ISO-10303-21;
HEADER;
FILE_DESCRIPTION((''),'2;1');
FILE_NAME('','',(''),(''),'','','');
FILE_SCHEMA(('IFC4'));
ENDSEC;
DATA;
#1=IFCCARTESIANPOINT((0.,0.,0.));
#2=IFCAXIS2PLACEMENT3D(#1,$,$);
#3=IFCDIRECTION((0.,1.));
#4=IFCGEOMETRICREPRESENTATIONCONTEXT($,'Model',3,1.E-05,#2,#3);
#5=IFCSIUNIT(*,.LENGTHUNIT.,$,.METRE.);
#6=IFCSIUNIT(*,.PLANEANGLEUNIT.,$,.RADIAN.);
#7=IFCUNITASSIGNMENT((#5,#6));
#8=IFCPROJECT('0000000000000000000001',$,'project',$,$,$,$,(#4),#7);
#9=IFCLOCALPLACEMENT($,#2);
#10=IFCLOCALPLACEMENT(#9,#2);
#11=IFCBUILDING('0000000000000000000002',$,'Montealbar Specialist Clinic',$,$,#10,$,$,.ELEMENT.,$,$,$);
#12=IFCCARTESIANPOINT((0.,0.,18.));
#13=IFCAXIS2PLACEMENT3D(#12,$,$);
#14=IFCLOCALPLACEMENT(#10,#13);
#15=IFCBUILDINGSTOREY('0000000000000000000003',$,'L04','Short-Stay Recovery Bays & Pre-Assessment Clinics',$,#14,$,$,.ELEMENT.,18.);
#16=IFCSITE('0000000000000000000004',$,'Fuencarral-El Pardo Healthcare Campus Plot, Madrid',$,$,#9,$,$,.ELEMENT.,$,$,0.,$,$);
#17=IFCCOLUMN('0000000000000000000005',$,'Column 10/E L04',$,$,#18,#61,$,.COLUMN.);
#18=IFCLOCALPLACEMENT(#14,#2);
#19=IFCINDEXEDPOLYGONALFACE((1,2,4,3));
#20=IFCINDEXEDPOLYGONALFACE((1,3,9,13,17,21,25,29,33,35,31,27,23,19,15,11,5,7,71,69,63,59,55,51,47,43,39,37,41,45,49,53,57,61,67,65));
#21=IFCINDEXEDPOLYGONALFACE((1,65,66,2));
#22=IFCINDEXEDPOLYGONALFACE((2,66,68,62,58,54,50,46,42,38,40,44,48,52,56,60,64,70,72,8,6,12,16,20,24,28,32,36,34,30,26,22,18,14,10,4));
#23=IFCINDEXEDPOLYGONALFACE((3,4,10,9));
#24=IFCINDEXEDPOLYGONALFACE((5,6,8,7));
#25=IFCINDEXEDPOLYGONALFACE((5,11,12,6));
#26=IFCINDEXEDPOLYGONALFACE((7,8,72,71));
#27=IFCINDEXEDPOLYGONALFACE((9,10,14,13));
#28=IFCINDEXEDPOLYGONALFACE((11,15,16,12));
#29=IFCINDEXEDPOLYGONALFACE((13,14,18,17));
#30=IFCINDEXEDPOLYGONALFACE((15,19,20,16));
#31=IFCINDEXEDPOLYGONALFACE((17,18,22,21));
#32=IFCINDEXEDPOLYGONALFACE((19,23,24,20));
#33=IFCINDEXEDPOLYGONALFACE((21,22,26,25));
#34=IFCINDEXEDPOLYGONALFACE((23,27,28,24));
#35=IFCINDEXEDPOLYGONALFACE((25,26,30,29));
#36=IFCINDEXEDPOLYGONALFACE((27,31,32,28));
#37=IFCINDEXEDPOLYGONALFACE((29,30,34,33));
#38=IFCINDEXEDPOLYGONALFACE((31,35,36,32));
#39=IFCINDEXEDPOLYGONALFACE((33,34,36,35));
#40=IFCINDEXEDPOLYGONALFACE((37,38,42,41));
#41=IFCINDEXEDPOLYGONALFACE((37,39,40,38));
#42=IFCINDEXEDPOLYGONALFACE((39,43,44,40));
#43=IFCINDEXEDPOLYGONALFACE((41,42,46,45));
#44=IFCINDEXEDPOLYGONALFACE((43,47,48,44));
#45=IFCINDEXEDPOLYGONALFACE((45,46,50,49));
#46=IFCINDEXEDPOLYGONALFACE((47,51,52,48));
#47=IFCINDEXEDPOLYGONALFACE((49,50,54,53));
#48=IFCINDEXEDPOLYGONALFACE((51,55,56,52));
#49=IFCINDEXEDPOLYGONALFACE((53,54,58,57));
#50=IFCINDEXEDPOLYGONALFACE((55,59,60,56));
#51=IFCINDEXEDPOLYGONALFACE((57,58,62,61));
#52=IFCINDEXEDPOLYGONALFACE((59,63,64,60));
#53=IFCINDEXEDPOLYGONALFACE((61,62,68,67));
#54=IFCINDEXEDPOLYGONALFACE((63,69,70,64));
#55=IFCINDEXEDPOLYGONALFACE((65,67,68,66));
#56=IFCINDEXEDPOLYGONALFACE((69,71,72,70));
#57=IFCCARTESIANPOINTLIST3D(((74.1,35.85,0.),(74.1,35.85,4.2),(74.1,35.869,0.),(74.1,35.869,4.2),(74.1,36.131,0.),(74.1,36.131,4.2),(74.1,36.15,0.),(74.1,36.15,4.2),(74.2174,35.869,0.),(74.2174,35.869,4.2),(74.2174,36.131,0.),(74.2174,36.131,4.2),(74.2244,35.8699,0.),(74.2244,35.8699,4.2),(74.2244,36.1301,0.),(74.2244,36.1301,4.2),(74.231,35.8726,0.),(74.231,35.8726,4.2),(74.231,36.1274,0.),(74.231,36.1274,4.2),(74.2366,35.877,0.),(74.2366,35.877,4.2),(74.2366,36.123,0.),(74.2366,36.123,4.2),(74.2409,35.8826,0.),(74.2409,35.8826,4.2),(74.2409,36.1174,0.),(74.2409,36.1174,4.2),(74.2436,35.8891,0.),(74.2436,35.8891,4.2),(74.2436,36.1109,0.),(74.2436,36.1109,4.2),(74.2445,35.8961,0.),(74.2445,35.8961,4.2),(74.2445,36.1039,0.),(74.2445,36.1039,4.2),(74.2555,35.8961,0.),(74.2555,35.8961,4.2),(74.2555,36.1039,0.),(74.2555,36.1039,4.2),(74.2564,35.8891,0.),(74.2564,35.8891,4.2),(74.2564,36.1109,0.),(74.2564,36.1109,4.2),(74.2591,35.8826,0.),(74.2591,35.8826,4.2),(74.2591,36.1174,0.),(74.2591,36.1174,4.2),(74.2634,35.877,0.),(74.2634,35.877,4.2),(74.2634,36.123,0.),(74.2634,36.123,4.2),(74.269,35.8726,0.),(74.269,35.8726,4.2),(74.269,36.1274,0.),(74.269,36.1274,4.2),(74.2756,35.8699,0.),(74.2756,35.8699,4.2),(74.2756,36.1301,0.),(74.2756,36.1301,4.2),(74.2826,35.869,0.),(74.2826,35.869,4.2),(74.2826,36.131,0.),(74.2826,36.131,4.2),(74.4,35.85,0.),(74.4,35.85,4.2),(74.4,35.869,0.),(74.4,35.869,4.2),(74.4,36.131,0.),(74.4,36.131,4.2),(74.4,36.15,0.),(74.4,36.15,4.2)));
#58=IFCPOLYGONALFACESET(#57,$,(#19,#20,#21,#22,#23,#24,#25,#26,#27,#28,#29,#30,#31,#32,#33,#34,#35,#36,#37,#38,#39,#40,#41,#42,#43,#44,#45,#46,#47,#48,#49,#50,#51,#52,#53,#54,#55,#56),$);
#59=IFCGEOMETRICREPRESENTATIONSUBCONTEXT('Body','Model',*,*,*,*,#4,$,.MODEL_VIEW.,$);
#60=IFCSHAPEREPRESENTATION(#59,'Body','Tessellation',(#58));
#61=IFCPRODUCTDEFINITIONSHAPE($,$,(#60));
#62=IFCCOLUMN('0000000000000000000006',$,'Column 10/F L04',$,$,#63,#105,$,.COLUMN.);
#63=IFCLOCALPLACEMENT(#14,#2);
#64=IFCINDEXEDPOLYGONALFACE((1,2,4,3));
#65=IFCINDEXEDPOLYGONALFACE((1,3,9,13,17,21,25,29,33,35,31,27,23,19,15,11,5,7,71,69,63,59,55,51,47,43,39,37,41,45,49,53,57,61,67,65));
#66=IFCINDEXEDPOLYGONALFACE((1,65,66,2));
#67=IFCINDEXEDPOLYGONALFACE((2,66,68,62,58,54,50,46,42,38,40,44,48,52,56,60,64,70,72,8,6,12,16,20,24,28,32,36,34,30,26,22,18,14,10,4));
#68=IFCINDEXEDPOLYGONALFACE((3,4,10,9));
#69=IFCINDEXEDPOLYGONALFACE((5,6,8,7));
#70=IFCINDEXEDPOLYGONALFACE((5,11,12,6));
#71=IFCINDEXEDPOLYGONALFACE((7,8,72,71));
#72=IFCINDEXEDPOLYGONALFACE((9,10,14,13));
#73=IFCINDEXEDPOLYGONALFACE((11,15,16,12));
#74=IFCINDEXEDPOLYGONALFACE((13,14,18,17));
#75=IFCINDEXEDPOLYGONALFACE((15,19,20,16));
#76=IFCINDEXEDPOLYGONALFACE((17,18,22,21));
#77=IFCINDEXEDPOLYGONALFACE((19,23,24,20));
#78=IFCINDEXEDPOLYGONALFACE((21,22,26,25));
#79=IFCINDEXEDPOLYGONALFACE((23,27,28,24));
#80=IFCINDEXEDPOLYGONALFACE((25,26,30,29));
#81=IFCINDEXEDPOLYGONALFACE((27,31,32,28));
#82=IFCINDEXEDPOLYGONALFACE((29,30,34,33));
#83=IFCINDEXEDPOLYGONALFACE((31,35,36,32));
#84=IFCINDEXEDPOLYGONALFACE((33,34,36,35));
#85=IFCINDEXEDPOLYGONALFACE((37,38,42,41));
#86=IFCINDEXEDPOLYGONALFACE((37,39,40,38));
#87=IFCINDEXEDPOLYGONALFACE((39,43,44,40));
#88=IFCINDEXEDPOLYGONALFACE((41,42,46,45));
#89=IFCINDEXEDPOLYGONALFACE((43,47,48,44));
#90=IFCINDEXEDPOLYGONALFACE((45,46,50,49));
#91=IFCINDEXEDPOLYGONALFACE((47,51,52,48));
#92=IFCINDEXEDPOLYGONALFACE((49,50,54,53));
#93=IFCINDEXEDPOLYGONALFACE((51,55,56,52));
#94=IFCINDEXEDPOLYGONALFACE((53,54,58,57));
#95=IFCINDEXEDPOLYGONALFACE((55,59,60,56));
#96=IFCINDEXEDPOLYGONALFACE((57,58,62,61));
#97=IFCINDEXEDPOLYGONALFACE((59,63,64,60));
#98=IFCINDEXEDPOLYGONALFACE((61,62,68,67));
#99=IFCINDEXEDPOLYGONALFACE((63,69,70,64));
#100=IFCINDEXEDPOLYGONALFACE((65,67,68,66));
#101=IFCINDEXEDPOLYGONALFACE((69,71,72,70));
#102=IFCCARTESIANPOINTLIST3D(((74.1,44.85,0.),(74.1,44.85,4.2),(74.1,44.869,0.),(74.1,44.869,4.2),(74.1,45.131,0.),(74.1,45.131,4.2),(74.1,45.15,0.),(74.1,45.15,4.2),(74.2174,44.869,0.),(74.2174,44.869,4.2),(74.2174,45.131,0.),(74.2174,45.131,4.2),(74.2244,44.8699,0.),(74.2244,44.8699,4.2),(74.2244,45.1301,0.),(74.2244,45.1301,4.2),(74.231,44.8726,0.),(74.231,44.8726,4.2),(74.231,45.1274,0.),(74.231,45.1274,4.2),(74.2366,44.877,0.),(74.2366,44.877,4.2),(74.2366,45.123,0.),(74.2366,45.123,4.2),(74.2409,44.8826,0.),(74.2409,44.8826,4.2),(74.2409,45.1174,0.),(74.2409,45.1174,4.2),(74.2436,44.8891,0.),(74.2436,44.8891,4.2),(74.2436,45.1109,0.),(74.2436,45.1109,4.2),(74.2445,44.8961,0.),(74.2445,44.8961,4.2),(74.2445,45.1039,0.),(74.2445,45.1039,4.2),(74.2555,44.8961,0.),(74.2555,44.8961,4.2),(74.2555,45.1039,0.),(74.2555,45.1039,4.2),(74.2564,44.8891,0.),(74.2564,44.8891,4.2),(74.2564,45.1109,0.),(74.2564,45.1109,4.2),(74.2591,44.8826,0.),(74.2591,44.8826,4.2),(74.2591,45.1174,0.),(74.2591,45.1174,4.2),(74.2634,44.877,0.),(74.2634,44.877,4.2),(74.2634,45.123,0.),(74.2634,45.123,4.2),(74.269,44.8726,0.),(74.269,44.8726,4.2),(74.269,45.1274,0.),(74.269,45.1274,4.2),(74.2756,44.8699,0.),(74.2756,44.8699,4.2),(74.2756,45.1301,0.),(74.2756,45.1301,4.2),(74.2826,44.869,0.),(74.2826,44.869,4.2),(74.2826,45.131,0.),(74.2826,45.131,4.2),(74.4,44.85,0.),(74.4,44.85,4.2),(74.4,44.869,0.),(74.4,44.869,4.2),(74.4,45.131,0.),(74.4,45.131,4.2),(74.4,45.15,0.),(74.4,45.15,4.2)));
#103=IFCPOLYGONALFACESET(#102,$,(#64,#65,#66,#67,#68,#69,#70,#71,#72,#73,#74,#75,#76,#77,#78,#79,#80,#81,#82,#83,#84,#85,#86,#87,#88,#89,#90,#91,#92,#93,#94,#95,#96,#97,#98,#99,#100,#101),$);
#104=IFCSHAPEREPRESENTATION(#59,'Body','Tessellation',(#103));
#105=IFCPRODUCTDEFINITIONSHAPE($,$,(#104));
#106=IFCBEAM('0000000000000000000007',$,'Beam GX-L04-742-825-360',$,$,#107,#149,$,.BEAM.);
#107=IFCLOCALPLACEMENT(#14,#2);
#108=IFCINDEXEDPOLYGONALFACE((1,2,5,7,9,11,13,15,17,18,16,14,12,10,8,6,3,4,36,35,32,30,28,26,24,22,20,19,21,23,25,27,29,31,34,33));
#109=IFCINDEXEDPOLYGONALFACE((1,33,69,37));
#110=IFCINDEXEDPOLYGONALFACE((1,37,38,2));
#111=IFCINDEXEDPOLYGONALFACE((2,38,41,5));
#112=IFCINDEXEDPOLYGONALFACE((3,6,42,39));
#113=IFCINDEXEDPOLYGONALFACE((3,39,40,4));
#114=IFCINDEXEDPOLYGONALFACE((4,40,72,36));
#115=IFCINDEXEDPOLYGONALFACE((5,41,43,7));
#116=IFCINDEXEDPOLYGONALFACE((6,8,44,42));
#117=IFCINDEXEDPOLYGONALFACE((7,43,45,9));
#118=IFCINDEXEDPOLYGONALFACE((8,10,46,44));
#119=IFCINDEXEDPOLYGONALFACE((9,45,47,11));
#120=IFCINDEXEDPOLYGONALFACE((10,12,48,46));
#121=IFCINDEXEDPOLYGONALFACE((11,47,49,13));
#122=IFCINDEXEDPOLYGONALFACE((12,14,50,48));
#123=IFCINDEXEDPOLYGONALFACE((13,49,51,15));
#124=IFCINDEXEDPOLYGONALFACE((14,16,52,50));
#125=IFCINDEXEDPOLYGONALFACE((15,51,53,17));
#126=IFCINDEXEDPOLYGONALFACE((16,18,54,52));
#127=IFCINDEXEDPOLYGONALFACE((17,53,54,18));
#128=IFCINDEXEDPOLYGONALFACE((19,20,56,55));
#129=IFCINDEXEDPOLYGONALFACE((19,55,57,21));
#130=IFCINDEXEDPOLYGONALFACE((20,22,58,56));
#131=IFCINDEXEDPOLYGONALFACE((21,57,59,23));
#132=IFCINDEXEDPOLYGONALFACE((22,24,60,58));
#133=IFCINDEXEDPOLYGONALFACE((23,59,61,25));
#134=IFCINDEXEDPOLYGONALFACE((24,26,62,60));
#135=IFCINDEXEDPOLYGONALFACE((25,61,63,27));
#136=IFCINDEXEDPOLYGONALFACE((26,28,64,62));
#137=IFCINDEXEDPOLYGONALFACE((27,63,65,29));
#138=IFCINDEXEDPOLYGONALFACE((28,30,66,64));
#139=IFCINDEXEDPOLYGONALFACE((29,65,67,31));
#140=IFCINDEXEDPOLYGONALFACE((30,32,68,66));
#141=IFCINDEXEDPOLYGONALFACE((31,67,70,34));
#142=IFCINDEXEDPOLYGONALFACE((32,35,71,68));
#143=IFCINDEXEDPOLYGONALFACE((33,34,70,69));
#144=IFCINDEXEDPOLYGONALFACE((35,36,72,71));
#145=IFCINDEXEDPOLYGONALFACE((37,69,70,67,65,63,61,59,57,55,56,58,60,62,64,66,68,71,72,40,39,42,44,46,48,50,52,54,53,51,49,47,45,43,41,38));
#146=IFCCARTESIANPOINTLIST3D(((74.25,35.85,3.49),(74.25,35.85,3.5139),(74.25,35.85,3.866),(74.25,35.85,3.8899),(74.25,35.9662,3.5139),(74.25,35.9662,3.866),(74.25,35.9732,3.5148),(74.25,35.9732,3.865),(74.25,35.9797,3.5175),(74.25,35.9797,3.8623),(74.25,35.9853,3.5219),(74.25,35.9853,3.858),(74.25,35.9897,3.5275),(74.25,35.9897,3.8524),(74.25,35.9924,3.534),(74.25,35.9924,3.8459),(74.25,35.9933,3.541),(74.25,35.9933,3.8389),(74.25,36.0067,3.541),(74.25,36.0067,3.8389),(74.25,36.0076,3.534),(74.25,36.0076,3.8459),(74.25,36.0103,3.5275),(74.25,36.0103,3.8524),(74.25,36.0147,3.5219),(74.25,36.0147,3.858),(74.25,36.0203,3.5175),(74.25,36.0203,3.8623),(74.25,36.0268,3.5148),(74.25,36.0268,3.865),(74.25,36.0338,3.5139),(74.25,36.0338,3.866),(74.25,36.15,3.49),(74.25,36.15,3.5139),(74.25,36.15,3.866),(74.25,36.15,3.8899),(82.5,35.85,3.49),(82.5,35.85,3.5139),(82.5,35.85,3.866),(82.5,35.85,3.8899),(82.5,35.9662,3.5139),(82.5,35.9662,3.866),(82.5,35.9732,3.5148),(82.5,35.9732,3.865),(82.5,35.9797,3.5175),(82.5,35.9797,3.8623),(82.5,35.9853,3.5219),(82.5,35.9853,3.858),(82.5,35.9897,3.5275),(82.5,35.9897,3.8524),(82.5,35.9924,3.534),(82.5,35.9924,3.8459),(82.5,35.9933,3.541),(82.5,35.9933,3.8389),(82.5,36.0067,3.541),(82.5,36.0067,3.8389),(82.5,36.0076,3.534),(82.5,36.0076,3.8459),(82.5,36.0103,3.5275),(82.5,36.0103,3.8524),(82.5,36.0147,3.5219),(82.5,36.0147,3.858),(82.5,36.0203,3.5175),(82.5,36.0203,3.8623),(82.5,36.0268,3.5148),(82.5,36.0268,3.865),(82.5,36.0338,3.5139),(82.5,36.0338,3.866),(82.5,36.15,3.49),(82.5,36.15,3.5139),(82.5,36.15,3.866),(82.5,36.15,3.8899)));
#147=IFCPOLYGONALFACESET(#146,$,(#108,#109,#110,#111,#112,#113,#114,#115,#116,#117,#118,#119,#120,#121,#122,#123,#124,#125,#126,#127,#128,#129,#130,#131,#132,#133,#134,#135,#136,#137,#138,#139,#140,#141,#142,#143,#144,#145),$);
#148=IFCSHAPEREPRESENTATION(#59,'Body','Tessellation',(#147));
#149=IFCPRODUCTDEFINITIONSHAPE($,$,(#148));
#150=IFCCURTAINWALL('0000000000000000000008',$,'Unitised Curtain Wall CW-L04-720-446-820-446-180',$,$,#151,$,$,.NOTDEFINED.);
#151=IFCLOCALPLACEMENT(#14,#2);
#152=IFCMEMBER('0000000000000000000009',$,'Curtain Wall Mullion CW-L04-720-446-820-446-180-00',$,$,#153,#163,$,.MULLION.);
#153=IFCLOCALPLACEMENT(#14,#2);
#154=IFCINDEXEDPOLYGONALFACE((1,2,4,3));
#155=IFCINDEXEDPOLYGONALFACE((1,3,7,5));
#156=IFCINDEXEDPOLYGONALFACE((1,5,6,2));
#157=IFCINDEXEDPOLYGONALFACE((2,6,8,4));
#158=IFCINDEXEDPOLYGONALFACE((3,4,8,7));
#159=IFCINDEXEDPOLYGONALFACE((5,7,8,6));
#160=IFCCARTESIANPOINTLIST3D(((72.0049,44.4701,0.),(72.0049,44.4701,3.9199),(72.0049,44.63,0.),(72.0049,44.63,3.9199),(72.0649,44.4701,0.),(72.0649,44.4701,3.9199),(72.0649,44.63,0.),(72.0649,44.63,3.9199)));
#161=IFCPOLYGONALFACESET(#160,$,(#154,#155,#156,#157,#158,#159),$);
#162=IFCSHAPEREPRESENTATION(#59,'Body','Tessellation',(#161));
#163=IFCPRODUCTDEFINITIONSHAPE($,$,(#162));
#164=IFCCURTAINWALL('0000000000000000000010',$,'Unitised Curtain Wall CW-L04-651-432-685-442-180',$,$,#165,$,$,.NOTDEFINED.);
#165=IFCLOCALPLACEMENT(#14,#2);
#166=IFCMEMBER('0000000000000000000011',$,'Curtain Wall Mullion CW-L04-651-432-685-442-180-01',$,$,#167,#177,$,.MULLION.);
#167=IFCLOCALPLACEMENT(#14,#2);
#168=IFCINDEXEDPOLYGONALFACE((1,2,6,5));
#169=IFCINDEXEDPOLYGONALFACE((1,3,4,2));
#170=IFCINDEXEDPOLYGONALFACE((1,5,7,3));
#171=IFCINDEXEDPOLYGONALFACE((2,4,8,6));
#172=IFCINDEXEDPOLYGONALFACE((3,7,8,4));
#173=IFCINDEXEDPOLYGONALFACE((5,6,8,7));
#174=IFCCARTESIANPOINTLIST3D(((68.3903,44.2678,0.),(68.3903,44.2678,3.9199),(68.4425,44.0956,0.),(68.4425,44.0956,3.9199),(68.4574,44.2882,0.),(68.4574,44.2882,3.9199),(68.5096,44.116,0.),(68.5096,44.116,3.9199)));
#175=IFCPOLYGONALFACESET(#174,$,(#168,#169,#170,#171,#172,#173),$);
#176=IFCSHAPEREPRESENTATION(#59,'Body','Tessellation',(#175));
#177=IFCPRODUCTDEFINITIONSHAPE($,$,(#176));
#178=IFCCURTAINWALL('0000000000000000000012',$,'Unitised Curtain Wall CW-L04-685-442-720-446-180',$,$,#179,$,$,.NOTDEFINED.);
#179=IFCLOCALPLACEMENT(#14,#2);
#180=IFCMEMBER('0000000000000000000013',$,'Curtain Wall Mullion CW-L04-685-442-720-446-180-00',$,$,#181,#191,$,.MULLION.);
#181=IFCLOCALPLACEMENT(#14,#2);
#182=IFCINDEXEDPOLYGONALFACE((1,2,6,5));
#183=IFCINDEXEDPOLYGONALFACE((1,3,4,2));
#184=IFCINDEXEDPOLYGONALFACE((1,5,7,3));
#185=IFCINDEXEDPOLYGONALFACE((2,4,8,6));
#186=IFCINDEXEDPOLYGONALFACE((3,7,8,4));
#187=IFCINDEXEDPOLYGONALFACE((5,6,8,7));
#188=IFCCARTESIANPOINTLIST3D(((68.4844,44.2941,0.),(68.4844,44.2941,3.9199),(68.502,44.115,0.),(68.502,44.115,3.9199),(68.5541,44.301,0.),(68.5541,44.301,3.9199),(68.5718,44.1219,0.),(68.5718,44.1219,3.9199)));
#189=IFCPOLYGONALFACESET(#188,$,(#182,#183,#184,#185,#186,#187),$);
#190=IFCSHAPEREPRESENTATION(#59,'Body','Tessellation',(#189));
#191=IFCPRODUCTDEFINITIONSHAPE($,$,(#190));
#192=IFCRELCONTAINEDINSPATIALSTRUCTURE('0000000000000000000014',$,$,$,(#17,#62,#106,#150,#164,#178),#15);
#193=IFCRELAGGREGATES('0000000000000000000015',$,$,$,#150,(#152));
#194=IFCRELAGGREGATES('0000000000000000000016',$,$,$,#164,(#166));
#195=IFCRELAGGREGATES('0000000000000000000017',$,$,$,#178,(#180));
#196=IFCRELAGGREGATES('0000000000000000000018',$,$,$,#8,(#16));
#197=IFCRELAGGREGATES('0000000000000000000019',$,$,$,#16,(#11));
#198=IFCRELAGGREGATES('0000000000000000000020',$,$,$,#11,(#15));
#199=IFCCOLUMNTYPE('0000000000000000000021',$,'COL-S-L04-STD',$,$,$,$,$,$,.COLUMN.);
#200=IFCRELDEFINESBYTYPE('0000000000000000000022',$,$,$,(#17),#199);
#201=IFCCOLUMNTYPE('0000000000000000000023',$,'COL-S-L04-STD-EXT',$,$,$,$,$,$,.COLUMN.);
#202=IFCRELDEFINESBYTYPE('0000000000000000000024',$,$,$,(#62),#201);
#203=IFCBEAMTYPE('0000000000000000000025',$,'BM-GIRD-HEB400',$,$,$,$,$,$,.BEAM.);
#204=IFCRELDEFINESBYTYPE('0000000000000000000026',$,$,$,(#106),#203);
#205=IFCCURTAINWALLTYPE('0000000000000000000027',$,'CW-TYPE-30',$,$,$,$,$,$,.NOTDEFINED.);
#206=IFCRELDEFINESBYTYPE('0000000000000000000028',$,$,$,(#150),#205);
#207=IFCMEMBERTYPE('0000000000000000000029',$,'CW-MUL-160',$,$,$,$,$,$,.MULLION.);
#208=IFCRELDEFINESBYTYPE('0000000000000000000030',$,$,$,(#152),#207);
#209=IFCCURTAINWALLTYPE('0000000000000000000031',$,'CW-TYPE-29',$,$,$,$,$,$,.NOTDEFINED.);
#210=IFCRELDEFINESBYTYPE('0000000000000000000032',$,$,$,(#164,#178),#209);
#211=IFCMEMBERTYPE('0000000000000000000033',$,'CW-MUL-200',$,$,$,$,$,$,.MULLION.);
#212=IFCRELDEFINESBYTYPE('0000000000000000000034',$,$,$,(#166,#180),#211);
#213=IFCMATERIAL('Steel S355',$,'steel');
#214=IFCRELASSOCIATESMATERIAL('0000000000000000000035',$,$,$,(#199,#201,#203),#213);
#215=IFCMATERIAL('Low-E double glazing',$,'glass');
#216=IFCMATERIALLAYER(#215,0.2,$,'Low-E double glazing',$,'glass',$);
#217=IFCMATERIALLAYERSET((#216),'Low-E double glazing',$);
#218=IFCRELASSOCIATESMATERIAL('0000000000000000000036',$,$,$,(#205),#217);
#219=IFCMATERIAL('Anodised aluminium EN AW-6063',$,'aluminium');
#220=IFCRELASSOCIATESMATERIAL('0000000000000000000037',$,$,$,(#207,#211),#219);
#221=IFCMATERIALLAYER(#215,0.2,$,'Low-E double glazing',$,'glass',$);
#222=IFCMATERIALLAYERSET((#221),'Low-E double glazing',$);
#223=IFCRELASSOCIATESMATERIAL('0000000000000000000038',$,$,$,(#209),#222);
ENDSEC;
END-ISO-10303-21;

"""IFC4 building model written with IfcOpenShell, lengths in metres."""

from ifc_helpers import new_model, si_unit, direction, frame, origin, origin_2d, place, context, subcontext, project, spatial, rectangle, i_section, extrude, material, layer, layer_set, material_profile, profile_set, type_object, element, aggregate, save


model = new_model("IFC4")

# Units and contexts
model_context = context("Model", 3, precision=1e-05, world=origin(), true_north=direction((0.0, 1.0)))
body_context = subcontext(model_context, "Body", "Model", "MODEL_VIEW")
ifc_project = project(units=[si_unit("LENGTHUNIT", "METRE"), si_unit("PLANEANGLEUNIT", "RADIAN")], contexts=[model_context])

# Site, building, storey
site_placement = place(None, origin())
site = spatial("IfcSite", under=ifc_project, at=site_placement, Name="Fuencarral-El Pardo Healthcare Campus Plot, Madrid", CompositionType="ELEMENT", RefElevation=0.0)
building_placement = place(site_placement, origin())
building = spatial("IfcBuilding", under=site, at=building_placement, Name="Montealbar Specialist Clinic", CompositionType="ELEMENT")
storey_placement = place(building_placement, frame((0.0, 0.0, 18.0)))
storey = spatial("IfcBuildingStorey", under=building, at=storey_placement, Name="L04", Description="Short-Stay Recovery Bays & Pre-Assessment Clinics", CompositionType="ELEMENT", Elevation=18.0)

# Columns
ifc_material_1 = material(Name="Steel S355", Category="steel")
ifc_material_profile_1 = material_profile(ifc_material_1, i_section(OverallWidth=0.3, OverallDepth=0.3, WebThickness=0.011, FlangeThickness=0.019, FilletRadius=0.0271, at=origin_2d()), Name="HEB 300", Category="steel")
ifc_profile_set_1 = profile_set([ifc_material_profile_1], Name="Steel S355")
column_type_1 = type_object("IfcColumnType", Name="COL-S-L04-STD", PredefinedType="COLUMN", material=ifc_profile_set_1)
column_1_placement = place(storey_placement, frame((74.25, 36.0, 0.0), z_axis=(0.0, 0.0, 1.0), x_axis=(1.0, 0.0, 0.0)))
element("IfcColumn", 1, at=column_1_placement, inside=storey, type_object=column_type_1, Name="Column 10/E L04", PredefinedType="COLUMN", context=body_context, shape_type="SweptSolid", body=[
    extrude(i_section(OverallWidth=0.3, OverallDepth=0.3, WebThickness=0.011, FlangeThickness=0.019, FilletRadius=0.0271, at=origin_2d()), origin(), (0.0, 0.0, 1.0), 4.2),
])
ifc_material_profile_2 = material_profile(ifc_material_1, i_section(OverallWidth=0.3, OverallDepth=0.3, WebThickness=0.011, FlangeThickness=0.019, FilletRadius=0.0271, at=origin_2d()), Name="HEB 300", Category="steel")
ifc_profile_set_2 = profile_set([ifc_material_profile_2], Name="Steel S355")
column_type_2 = type_object("IfcColumnType", Name="COL-S-L04-STD-EXT", PredefinedType="COLUMN", material=ifc_profile_set_2)
column_2_placement = place(storey_placement, frame((74.25, 45.0, 0.0), z_axis=(0.0, 0.0, 1.0), x_axis=(1.0, 0.0, 0.0)))
element("IfcColumn", 2, at=column_2_placement, inside=storey, type_object=column_type_2, Name="Column 10/F L04", PredefinedType="COLUMN", context=body_context, shape_type="SweptSolid", body=[
    extrude(i_section(OverallWidth=0.3, OverallDepth=0.3, WebThickness=0.011, FlangeThickness=0.019, FilletRadius=0.0271, at=origin_2d()), origin(), (0.0, 0.0, 1.0), 4.2),
])

# Beam
ifc_material_profile_3 = material_profile(ifc_material_1, i_section(OverallWidth=0.3, OverallDepth=0.3999, WebThickness=0.0134, FlangeThickness=0.0239, FilletRadius=0.0271, at=origin_2d()), Name="HEB 400", Category="steel")
ifc_profile_set_3 = profile_set([ifc_material_profile_3], Name="Steel S355")
beam_type = type_object("IfcBeamType", Name="BM-GIRD-HEB400", PredefinedType="BEAM", material=ifc_profile_set_3)
beam_placement = place(storey_placement, frame((74.25, 36.0, 3.6899), z_axis=(1.0, 0.0, 0.0), x_axis=(0.0, 1.0, 0.0)))
element("IfcBeam", 3, at=beam_placement, inside=storey, type_object=beam_type, Name="Beam GX-L04-742-825-360", PredefinedType="BEAM", context=body_context, shape_type="SweptSolid", body=[
    extrude(i_section(OverallWidth=0.3, OverallDepth=0.3999, WebThickness=0.0134, FlangeThickness=0.0239, FilletRadius=0.0271, at=origin_2d()), origin(), (0.0, 0.0, 1.0), 8.25),
])

# Curtain walls, members
ifc_material_2 = material(Name="Low-E double glazing", Category="glass")
ifc_layer_1 = layer(ifc_material_2, 0.2, Name="Low-E double glazing", Category="glass")
ifc_layer_set_1 = layer_set([ifc_layer_1], Name="Low-E double glazing")
curtain_wall_type_1 = type_object("IfcCurtainWallType", Name="CW-TYPE-30", PredefinedType="NOTDEFINED", material=ifc_layer_set_1)
curtain_wall_1_placement = place(storey_placement, origin())
curtain_wall_1 = element("IfcCurtainWall", 4, at=curtain_wall_1_placement, inside=storey, type_object=curtain_wall_type_1, Name="Unitised Curtain Wall CW-L04-720-446-820-446-180", PredefinedType="NOTDEFINED")
ifc_material_3 = material(Name="Anodised aluminium EN AW-6063", Category="aluminium")
ifc_material_profile_4 = material_profile(ifc_material_3, rectangle(XDim=0.0601, YDim=0.1599, at=origin_2d()), Name="ALU 60x160", Category="aluminium")
ifc_profile_set_4 = profile_set([ifc_material_profile_4], Name="Anodised aluminium EN AW-6063")
member_type_1 = type_object("IfcMemberType", Name="CW-MUL-160", PredefinedType="MULLION", material=ifc_profile_set_4)
member_1_placement = place(storey_placement, frame((72.0349, 44.55, 0.0), z_axis=(0.0, 0.0, 1.0), x_axis=(1.0, 0.0, 0.0)))
member_1 = element("IfcMember", 5, at=member_1_placement, type_object=member_type_1, Name="Curtain Wall Mullion CW-L04-720-446-820-446-180-00", PredefinedType="MULLION", context=body_context, shape_type="SweptSolid", body=[
    extrude(rectangle(XDim=0.0601, YDim=0.1599, at=origin_2d()), origin(), (0.0, 0.0, 1.0), 3.9199),
])
ifc_layer_2 = layer(ifc_material_2, 0.2, Name="Low-E double glazing", Category="glass")
ifc_layer_set_2 = layer_set([ifc_layer_2], Name="Low-E double glazing")
curtain_wall_type_2 = type_object("IfcCurtainWallType", Name="CW-TYPE-29", PredefinedType="NOTDEFINED", material=ifc_layer_set_2)
curtain_wall_2_placement = place(storey_placement, origin())
curtain_wall_2 = element("IfcCurtainWall", 6, at=curtain_wall_2_placement, inside=storey, type_object=curtain_wall_type_2, Name="Unitised Curtain Wall CW-L04-651-432-685-442-180", PredefinedType="NOTDEFINED")
ifc_material_profile_5 = material_profile(ifc_material_3, rectangle(XDim=0.0701, YDim=0.1799, at=origin_2d()), Name="ALU 70x180", Category="aluminium")
ifc_profile_set_5 = profile_set([ifc_material_profile_5], Name="Anodised aluminium EN AW-6063")
member_type_2 = type_object("IfcMemberType", Name="CW-MUL-200", PredefinedType="MULLION", material=ifc_profile_set_5)
member_2_placement = place(storey_placement, frame((68.45, 44.1919, 0.0), z_axis=(0.0, 0.0, 1.0), x_axis=(0.956948, 0.290259, 0.0)))
member_2 = element("IfcMember", 7, at=member_2_placement, type_object=member_type_2, Name="Curtain Wall Mullion CW-L04-651-432-685-442-180-01", PredefinedType="MULLION", context=body_context, shape_type="SweptSolid", body=[
    extrude(rectangle(XDim=0.0701, YDim=0.1799, at=origin_2d()), origin(), (0.0, 0.0, 1.0), 3.9199),
])

# Curtain wall, member
curtain_wall_3_placement = place(storey_placement, origin())
curtain_wall_3 = element("IfcCurtainWall", 8, at=curtain_wall_3_placement, inside=storey, type_object=curtain_wall_type_2, Name="Unitised Curtain Wall CW-L04-685-442-720-446-180", PredefinedType="NOTDEFINED")
member_3_placement = place(storey_placement, frame((68.5281, 44.208, 0.0), z_axis=(0.0, 0.0, 1.0), x_axis=(0.995182, 0.098045, 0.0)))
member_3 = element("IfcMember", 9, at=member_3_placement, type_object=member_type_2, Name="Curtain Wall Mullion CW-L04-685-442-720-446-180-00", PredefinedType="MULLION", context=body_context, shape_type="SweptSolid", body=[
    extrude(rectangle(XDim=0.0701, YDim=0.1799, at=origin_2d()), origin(), (0.0, 0.0, 1.0), 3.9199),
])

aggregate(curtain_wall_1, [member_1])
aggregate(curtain_wall_2, [member_2])
aggregate(curtain_wall_3, [member_3])

save(model, "model.ifc")
